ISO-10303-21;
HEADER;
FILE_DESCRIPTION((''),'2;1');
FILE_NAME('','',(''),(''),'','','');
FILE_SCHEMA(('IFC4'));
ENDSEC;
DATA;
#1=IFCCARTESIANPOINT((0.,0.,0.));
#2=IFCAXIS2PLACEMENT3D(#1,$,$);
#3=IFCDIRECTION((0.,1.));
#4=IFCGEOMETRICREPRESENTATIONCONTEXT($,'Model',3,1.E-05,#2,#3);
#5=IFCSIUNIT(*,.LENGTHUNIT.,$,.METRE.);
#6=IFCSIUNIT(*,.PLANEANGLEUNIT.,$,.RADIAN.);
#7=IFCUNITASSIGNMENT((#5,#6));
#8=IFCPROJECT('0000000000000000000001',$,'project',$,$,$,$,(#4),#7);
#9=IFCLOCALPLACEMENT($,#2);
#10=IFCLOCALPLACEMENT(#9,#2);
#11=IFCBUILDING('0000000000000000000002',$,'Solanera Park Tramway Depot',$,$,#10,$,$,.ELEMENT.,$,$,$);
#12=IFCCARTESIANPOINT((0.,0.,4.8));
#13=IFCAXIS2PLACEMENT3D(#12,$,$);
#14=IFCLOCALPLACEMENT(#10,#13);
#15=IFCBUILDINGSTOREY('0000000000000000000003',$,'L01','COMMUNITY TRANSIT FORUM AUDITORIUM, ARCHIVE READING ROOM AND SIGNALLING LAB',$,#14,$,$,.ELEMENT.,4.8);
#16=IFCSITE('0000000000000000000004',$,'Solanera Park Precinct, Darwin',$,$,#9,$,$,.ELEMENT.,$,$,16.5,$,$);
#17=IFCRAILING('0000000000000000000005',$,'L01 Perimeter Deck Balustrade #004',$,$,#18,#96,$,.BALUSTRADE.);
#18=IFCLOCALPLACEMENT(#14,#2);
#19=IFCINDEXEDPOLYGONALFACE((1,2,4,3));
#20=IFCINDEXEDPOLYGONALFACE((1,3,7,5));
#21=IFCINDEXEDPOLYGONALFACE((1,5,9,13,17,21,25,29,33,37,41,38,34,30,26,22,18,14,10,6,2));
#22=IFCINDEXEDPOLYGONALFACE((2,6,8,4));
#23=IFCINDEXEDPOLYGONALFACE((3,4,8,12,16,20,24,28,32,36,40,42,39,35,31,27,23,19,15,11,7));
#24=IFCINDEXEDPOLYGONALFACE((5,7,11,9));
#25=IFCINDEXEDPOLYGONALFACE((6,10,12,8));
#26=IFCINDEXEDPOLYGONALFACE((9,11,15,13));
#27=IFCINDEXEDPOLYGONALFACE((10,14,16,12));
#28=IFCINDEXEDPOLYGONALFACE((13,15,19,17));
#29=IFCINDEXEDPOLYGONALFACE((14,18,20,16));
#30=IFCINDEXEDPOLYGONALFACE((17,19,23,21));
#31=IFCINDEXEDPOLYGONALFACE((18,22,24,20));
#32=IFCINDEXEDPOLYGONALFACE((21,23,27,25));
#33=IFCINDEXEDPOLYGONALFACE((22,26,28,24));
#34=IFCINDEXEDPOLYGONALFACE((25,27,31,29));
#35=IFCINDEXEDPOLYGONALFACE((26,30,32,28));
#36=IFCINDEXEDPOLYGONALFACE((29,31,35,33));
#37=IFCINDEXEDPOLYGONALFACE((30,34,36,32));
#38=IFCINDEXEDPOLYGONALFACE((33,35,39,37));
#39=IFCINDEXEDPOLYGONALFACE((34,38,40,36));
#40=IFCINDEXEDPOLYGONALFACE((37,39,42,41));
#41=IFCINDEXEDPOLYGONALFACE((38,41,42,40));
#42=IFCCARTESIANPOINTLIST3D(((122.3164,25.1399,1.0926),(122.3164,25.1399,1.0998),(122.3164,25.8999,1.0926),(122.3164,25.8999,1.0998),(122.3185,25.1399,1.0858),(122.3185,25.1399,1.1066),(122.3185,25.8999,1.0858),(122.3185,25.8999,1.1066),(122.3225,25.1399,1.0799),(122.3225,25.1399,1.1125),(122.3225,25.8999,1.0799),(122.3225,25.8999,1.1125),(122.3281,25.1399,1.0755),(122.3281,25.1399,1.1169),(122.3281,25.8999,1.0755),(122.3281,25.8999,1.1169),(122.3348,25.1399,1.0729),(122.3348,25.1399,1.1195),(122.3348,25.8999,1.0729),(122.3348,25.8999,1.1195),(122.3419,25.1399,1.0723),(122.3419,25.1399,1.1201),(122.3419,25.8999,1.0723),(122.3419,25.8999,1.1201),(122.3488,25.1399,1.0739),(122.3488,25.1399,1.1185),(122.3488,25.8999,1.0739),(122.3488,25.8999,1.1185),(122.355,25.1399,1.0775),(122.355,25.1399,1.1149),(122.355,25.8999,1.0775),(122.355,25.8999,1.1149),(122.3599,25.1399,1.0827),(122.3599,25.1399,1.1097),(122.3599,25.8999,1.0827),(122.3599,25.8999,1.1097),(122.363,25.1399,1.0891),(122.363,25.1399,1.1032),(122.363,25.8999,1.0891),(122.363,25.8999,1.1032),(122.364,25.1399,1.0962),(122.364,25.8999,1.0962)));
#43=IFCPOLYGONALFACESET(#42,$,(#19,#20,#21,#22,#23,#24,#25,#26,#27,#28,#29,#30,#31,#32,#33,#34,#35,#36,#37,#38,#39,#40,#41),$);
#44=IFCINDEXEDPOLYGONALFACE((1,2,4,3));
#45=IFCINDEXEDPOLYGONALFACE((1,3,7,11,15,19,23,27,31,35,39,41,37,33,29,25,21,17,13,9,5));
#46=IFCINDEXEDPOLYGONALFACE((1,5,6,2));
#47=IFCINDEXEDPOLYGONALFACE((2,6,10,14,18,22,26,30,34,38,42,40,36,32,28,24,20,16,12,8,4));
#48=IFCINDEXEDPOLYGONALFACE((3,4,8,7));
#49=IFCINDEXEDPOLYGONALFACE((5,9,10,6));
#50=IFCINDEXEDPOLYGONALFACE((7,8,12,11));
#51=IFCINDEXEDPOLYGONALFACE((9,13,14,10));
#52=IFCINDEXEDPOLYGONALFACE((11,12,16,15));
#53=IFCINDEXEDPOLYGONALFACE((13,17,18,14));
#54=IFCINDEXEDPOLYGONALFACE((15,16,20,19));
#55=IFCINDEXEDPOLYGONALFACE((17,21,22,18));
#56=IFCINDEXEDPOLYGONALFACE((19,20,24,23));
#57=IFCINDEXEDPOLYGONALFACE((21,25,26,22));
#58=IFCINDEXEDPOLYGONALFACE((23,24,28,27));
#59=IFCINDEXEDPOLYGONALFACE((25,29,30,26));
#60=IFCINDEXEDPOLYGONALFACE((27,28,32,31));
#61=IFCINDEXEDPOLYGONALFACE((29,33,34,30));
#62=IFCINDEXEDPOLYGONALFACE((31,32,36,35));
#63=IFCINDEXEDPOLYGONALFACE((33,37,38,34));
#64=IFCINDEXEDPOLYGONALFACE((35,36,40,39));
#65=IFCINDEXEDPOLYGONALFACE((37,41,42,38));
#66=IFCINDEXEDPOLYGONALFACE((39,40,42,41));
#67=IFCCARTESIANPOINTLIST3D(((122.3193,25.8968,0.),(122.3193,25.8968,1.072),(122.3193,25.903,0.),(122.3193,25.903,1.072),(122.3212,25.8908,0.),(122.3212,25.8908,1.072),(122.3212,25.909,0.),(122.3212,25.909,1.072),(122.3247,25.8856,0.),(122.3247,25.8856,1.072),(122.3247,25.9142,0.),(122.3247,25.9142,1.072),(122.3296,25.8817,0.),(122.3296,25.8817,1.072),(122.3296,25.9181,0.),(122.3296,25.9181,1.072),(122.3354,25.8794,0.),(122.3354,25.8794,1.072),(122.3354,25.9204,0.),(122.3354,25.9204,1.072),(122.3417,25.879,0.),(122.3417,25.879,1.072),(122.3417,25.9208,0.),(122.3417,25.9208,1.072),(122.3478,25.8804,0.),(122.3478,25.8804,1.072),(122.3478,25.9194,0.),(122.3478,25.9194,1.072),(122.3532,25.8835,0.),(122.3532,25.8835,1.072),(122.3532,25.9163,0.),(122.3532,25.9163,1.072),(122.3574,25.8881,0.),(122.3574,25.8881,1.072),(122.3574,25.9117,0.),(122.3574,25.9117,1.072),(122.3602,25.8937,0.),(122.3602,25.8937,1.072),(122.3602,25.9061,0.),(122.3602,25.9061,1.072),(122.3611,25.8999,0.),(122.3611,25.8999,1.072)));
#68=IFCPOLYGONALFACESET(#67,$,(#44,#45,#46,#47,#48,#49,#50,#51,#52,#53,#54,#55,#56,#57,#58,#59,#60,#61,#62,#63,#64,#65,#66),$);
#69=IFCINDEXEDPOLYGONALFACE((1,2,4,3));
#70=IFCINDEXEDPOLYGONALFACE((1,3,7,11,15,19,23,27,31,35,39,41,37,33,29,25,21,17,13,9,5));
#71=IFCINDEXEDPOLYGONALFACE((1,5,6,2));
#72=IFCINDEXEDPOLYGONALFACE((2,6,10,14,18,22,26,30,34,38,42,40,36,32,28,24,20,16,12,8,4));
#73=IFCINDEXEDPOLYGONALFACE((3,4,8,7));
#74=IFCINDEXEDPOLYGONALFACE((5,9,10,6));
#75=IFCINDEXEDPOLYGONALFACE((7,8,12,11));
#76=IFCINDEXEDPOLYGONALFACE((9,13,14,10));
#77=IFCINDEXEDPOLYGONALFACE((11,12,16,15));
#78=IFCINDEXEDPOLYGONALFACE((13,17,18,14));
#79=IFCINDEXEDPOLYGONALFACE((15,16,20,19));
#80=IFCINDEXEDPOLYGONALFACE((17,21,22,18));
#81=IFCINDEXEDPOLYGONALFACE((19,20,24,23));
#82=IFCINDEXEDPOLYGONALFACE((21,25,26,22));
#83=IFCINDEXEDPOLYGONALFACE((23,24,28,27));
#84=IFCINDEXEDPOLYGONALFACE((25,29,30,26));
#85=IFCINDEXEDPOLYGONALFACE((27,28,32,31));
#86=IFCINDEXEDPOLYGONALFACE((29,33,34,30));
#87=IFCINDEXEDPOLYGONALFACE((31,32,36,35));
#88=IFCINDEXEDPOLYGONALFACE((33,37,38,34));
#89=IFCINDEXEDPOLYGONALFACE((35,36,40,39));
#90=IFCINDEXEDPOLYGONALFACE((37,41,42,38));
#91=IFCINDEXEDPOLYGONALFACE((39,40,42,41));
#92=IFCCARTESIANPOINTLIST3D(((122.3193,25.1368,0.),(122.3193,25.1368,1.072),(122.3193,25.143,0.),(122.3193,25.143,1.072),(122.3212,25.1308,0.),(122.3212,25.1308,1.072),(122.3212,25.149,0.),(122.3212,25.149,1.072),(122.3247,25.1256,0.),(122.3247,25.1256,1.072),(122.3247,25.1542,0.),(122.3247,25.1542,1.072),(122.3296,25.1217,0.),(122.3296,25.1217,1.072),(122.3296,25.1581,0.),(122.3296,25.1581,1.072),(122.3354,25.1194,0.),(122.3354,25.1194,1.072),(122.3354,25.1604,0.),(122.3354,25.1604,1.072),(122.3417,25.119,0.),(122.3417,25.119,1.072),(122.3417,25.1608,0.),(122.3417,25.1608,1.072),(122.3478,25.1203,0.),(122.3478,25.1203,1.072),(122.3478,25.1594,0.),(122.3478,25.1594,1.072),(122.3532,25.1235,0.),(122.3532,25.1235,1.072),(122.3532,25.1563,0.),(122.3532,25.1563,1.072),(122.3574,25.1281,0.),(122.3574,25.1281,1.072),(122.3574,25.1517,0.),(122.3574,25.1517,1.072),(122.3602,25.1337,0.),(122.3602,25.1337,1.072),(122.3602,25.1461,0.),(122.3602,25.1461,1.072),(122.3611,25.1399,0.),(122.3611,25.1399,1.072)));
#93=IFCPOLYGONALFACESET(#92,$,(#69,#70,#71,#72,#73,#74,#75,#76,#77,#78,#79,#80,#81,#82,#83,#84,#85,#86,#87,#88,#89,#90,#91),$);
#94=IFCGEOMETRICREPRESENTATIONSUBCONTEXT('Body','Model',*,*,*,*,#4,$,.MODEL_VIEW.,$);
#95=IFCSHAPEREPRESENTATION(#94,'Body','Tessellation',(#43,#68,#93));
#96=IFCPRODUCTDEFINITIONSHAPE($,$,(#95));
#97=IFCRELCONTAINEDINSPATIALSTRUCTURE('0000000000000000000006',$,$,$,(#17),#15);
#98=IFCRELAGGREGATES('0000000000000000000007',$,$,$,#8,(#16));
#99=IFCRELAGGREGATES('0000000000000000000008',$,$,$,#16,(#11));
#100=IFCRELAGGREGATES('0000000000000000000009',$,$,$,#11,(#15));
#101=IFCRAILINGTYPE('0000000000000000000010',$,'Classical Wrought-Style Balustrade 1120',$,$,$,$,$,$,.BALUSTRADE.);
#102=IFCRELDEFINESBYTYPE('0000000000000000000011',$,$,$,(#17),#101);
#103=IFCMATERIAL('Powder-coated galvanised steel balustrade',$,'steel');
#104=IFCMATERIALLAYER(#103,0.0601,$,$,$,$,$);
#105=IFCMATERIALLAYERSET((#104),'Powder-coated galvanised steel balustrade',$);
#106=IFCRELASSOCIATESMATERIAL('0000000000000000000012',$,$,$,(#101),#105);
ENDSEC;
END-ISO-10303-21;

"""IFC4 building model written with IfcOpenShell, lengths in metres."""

from ifc_helpers import new_model, si_unit, direction, frame, origin, origin_2d, place, context, subcontext, project, spatial, circle, extrude, material, layer, layer_set, type_object, element, save


model = new_model("IFC4")

# Units and contexts
model_context = context("Model", 3, precision=1e-05, world=origin(), true_north=direction((0.0, 1.0)))
body_context = subcontext(model_context, "Body", "Model", "MODEL_VIEW")
ifc_project = project(units=[si_unit("LENGTHUNIT", "METRE"), si_unit("PLANEANGLEUNIT", "RADIAN")], contexts=[model_context])

# Site, building, storey
site_placement = place(None, origin())
site = spatial("IfcSite", under=ifc_project, at=site_placement, Name="Solanera Park Precinct, Darwin", CompositionType="ELEMENT", RefElevation=16.5)
building_placement = place(site_placement, origin())
building = spatial("IfcBuilding", under=site, at=building_placement, Name="Solanera Park Tramway Depot", CompositionType="ELEMENT")
storey_placement = place(building_placement, frame((0.0, 0.0, 4.8)))
storey = spatial("IfcBuildingStorey", under=building, at=storey_placement, Name="L01", Description="COMMUNITY TRANSIT FORUM AUDITORIUM, ARCHIVE READING ROOM AND SIGNALLING LAB", CompositionType="ELEMENT", Elevation=4.8)

# Railing
ifc_material_1 = material(Name="Powder-coated galvanised steel balustrade", Category="steel")
ifc_layer_1 = layer(ifc_material_1, 0.0601)
ifc_layer_set_1 = layer_set([ifc_layer_1], Name="Powder-coated galvanised steel balustrade")
railing_type = type_object("IfcRailingType", Name="Classical Wrought-Style Balustrade 1120", PredefinedType="BALUSTRADE", material=ifc_layer_set_1)
railing_placement = place(storey_placement, frame((122.3401, 25.8999, 0.0)))
element("IfcRailing", 1, at=railing_placement, inside=storey, type_object=railing_type, Name="L01 Perimeter Deck Balustrade #004", PredefinedType="BALUSTRADE", context=body_context, shape_type="SweptSolid", body=[
    extrude(circle(Radius=0.0239, at=origin_2d()), frame((0.0, 0.0, 1.0962), z_axis=(0.0, -1.0, 0.0), x_axis=(1.0, 0.0, 0.0)), (0.0, 0.0, 1.0), 0.76),
    extrude(circle(Radius=0.021, at=origin_2d()), origin(), (0.0, 0.0, 1.0), 1.072),
    extrude(circle(Radius=0.021, at=origin_2d()), frame((0.0, -0.76, 0.0)), (0.0, 0.0, 1.0), 1.072),
])

save(model, "model.ifc")
